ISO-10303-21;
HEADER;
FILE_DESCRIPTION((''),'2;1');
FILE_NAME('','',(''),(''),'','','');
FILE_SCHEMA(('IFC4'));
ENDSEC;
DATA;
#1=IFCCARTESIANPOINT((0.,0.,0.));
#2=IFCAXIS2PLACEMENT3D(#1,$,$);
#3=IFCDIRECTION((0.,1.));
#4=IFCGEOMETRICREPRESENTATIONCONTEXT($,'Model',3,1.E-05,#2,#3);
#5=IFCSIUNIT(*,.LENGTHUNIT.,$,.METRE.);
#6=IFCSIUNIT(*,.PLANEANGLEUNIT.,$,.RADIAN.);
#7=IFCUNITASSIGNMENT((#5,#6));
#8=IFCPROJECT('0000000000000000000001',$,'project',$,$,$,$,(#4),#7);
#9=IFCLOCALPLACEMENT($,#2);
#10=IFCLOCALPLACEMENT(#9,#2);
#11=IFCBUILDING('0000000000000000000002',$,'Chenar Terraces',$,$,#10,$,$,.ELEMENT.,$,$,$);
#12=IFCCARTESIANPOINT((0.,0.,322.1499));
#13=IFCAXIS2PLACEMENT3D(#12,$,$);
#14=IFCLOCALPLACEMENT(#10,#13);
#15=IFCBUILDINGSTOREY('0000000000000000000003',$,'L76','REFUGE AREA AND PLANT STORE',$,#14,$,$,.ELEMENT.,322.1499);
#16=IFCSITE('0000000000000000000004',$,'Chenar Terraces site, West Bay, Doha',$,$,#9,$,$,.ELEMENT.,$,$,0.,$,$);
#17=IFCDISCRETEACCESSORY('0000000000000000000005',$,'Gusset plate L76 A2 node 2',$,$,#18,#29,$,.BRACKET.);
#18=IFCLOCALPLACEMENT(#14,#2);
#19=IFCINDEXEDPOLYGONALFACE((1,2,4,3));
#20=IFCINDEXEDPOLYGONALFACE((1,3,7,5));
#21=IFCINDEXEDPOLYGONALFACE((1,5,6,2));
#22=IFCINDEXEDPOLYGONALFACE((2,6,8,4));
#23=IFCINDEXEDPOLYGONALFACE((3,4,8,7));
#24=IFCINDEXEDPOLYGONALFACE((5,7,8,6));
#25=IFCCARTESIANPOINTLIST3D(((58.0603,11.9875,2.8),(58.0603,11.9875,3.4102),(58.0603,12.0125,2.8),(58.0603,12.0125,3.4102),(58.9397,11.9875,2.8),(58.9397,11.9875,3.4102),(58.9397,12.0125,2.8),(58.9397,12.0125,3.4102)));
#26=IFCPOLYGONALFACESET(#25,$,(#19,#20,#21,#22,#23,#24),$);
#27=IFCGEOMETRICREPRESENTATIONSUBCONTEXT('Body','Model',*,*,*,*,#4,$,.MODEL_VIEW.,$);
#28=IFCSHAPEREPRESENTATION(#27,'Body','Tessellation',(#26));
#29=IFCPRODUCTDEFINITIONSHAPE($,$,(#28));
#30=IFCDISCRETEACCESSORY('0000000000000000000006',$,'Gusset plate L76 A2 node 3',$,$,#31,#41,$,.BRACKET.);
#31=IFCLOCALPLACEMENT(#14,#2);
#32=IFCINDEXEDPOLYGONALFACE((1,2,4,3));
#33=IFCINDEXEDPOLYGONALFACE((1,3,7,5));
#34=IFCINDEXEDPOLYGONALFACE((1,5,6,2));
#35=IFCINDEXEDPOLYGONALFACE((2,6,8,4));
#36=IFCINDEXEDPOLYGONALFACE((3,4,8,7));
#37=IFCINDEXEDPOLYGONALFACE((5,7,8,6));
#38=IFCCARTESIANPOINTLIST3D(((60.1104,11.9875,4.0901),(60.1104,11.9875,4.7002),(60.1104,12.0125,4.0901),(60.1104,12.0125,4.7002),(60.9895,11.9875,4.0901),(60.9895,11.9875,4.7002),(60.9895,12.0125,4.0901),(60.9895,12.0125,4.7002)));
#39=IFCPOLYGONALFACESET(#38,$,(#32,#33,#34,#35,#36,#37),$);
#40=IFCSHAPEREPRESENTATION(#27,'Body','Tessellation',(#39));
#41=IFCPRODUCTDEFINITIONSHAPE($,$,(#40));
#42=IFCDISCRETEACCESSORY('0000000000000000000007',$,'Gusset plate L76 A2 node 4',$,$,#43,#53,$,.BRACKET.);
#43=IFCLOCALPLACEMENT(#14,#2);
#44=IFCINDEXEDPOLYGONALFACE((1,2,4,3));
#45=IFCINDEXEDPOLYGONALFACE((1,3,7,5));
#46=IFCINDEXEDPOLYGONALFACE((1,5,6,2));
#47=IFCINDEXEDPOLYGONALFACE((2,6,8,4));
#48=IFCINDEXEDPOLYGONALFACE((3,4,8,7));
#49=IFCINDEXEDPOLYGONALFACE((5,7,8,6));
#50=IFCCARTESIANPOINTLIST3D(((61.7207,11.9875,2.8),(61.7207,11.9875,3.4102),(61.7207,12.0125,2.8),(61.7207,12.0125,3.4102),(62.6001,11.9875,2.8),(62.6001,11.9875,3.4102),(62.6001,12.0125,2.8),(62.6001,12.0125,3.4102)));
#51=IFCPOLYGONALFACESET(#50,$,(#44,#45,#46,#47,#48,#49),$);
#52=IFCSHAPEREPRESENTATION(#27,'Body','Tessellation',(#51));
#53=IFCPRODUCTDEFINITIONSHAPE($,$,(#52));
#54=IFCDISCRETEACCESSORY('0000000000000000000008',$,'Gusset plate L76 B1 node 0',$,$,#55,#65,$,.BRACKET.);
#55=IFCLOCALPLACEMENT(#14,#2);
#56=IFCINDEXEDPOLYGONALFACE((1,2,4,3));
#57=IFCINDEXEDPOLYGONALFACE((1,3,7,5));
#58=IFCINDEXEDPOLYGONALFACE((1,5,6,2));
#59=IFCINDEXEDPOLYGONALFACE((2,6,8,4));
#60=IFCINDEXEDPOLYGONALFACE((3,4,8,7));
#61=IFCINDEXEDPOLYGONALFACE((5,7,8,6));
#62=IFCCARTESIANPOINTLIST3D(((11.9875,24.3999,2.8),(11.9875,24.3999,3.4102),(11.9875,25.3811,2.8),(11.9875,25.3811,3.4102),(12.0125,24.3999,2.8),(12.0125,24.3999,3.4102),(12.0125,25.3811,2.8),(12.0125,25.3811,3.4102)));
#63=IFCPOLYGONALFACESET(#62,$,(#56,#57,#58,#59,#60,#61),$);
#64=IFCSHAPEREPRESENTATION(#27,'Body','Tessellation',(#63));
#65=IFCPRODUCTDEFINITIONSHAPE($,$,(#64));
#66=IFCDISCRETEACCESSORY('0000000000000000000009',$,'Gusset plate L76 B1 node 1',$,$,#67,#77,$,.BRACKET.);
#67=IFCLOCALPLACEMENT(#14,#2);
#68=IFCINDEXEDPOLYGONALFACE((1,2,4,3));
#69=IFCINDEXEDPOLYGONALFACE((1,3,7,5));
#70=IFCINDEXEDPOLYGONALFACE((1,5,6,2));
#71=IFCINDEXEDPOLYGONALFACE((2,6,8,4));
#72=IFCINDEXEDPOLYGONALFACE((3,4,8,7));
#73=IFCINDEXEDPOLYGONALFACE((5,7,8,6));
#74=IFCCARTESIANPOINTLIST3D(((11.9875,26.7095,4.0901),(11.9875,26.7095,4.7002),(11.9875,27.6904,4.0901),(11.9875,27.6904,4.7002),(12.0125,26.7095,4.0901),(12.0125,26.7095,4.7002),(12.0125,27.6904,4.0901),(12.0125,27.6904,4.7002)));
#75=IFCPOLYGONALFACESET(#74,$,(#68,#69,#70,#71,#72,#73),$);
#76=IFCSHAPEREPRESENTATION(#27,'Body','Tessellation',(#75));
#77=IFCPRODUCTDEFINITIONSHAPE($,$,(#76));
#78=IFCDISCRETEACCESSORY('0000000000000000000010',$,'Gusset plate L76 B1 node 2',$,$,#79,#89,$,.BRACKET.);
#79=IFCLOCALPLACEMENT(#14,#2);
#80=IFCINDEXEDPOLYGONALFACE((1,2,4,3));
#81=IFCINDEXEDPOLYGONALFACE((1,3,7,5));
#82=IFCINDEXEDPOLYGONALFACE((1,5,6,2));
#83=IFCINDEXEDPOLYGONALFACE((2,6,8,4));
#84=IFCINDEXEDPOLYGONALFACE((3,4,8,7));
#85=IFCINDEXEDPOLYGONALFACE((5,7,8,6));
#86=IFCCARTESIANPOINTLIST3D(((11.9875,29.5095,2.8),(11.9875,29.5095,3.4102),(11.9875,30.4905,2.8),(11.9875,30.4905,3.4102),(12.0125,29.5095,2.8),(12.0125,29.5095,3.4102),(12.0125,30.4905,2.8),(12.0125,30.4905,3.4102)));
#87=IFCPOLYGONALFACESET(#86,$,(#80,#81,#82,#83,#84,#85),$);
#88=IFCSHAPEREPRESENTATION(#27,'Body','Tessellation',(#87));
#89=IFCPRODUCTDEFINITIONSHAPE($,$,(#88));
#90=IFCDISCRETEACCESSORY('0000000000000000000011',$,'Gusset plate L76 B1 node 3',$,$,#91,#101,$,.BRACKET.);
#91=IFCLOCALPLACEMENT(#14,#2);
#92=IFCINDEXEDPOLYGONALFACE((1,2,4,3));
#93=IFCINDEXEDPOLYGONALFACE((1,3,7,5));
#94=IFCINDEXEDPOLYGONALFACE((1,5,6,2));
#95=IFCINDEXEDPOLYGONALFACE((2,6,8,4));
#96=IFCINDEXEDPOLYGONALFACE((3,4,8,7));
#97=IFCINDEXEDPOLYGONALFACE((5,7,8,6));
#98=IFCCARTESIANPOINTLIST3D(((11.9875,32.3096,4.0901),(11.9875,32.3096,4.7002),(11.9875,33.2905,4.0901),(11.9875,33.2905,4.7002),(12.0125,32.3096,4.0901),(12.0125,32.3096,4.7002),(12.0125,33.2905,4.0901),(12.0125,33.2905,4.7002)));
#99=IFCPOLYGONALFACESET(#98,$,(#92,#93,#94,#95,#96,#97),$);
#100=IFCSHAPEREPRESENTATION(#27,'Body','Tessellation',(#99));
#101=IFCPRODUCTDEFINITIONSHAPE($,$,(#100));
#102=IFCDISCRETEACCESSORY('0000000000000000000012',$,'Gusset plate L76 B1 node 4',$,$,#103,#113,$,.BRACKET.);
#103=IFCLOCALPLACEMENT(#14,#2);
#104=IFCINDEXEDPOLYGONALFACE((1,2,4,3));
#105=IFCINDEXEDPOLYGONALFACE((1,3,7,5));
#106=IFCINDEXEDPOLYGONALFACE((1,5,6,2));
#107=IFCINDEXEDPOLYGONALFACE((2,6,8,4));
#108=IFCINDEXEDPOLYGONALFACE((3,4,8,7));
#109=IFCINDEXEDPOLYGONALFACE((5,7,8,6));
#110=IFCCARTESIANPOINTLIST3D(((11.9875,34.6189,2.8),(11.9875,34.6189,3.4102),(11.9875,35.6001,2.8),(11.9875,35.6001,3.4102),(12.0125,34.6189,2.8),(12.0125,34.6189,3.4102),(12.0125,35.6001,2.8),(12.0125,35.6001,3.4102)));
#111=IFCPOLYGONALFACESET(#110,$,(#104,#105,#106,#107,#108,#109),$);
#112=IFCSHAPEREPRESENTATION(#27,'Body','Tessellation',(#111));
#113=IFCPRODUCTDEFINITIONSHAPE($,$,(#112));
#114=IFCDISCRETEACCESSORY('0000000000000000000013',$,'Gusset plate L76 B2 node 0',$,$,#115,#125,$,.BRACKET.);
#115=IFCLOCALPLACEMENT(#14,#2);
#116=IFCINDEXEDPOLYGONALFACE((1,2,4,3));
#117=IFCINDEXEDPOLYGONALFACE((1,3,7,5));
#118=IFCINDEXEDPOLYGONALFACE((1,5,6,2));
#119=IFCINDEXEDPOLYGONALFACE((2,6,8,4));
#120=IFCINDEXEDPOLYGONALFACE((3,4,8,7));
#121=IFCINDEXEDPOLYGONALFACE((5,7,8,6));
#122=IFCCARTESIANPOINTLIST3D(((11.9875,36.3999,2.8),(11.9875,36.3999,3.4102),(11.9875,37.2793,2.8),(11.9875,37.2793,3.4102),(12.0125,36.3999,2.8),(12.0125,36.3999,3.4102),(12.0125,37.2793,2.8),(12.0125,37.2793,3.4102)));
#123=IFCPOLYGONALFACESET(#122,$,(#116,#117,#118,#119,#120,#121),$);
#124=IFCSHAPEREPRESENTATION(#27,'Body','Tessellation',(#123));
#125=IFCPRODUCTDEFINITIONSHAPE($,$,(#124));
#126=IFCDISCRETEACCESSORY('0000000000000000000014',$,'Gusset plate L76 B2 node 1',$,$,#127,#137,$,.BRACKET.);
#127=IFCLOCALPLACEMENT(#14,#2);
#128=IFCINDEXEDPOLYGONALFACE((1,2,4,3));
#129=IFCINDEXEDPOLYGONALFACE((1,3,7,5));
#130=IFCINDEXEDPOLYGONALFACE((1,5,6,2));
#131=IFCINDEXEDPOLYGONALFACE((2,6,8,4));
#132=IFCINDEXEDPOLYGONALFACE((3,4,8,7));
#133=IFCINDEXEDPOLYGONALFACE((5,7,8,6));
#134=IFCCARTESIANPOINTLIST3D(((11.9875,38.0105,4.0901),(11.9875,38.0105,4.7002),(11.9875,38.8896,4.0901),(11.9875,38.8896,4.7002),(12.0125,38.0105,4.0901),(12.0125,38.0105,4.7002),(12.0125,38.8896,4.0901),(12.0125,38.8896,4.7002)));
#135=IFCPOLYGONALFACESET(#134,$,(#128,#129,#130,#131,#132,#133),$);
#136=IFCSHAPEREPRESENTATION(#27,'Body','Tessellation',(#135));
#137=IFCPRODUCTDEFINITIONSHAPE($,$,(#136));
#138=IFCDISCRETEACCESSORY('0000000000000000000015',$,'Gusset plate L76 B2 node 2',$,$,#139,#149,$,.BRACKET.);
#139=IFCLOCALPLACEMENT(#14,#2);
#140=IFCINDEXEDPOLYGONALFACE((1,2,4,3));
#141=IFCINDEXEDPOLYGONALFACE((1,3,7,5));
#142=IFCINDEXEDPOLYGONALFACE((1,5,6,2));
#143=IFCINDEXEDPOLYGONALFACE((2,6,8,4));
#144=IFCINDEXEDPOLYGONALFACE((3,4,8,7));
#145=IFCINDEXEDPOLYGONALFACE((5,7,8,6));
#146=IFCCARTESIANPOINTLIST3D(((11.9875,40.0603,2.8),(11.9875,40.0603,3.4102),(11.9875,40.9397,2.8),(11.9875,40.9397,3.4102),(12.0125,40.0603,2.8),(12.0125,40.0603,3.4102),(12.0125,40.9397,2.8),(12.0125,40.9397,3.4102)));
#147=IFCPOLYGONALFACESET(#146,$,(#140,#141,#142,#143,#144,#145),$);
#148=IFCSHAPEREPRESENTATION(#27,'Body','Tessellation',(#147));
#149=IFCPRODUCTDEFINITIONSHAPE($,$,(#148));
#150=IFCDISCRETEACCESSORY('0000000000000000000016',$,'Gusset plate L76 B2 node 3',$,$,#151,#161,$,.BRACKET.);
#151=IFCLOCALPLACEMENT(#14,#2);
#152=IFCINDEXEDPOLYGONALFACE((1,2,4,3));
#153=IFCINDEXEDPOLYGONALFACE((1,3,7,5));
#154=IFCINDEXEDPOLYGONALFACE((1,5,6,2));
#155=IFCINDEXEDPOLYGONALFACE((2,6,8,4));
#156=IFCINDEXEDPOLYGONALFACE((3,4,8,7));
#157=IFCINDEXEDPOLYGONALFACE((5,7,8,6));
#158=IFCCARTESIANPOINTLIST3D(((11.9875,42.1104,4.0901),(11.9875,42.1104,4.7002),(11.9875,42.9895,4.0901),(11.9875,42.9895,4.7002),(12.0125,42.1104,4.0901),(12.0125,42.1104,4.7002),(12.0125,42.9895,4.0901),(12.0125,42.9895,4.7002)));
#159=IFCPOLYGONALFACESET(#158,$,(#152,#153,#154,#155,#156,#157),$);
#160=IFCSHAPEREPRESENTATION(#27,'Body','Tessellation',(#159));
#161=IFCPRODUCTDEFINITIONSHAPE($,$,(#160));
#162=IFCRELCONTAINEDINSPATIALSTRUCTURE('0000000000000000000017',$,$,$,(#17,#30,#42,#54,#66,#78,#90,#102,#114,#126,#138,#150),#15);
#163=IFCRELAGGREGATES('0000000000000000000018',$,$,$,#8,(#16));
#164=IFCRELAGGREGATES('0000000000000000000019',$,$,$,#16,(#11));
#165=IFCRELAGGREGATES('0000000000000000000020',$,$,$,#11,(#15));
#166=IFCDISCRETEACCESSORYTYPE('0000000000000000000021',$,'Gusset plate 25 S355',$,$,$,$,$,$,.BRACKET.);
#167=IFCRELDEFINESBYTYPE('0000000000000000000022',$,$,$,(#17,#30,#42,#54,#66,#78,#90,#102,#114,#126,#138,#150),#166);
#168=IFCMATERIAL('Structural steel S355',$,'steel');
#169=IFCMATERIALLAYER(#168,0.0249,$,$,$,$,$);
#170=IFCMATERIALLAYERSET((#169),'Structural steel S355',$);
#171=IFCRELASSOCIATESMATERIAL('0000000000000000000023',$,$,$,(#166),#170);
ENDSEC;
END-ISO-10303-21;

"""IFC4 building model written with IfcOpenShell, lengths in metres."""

from ifc_helpers import new_model, si_unit, direction, frame, origin, place, context, subcontext, project, spatial, polyline, outline, extrude, material, layer, layer_set, type_object, element, save


model = new_model("IFC4")

# Units and contexts
model_context = context("Model", 3, precision=1e-05, world=origin(), true_north=direction((0.0, 1.0)))
body_context = subcontext(model_context, "Body", "Model", "MODEL_VIEW")
ifc_project = project(units=[si_unit("LENGTHUNIT", "METRE"), si_unit("PLANEANGLEUNIT", "RADIAN")], contexts=[model_context])

# Site, building, storey
site_placement = place(None, origin())
site = spatial("IfcSite", under=ifc_project, at=site_placement, Name="Chenar Terraces site, West Bay, Doha", CompositionType="ELEMENT", RefElevation=0.0)
building_placement = place(site_placement, origin())
building = spatial("IfcBuilding", under=site, at=building_placement, Name="Chenar Terraces", CompositionType="ELEMENT")
storey_placement = place(building_placement, frame((0.0, 0.0, 322.1499)))
storey = spatial("IfcBuildingStorey", under=building, at=storey_placement, Name="L76", Description="REFUGE AREA AND PLANT STORE", CompositionType="ELEMENT", Elevation=322.1499)

# Discrete accessories
ifc_material_1 = material(Name="Structural steel S355", Category="steel")
ifc_layer_1 = layer(ifc_material_1, 0.0249)
ifc_layer_set_1 = layer_set([ifc_layer_1], Name="Structural steel S355")
discrete_accessory_type = type_object("IfcDiscreteAccessoryType", Name="Gusset plate 25 S355", PredefinedType="BRACKET", material=ifc_layer_set_1)
placement_1 = place(storey_placement, frame((0.0, 0.0, 2.8)))
placement_2 = place(storey_placement, frame((0.0, 0.0, 4.0901)))
element("IfcDiscreteAccessory", 1, at=placement_1, inside=storey, type_object=discrete_accessory_type, Name="Gusset plate L76 A2 node 2", PredefinedType="BRACKET", context=body_context, shape_type="SweptSolid", body=[
    extrude(outline(polyline([(58.0603, 11.9875), (58.9397, 11.9875), (58.9397, 12.0125), (58.0603, 12.0125), (58.0603, 11.9875)])), origin(), (0.0, 0.0, 1.0), 0.6101),
])
element("IfcDiscreteAccessory", 2, at=placement_2, inside=storey, type_object=discrete_accessory_type, Name="Gusset plate L76 A2 node 3", PredefinedType="BRACKET", context=body_context, shape_type="SweptSolid", body=[
    extrude(outline(polyline([(60.1104, 11.9875), (60.9895, 11.9875), (60.9895, 12.0125), (60.1104, 12.0125), (60.1104, 11.9875)])), origin(), (0.0, 0.0, 1.0), 0.6101),
])
element("IfcDiscreteAccessory", 3, at=placement_1, inside=storey, type_object=discrete_accessory_type, Name="Gusset plate L76 A2 node 4", PredefinedType="BRACKET", context=body_context, shape_type="SweptSolid", body=[
    extrude(outline(polyline([(61.7207, 11.9875), (62.6001, 11.9875), (62.6001, 12.0125), (61.7207, 12.0125), (61.7207, 11.9875)])), origin(), (0.0, 0.0, 1.0), 0.6101),
])
element("IfcDiscreteAccessory", 4, at=placement_1, inside=storey, type_object=discrete_accessory_type, Name="Gusset plate L76 B1 node 0", PredefinedType="BRACKET", context=body_context, shape_type="SweptSolid", body=[
    extrude(outline(polyline([(12.0125, 24.3999), (12.0125, 25.3811), (11.9875, 25.3811), (11.9875, 24.3999), (12.0125, 24.3999)])), origin(), (0.0, 0.0, 1.0), 0.6101),
])
element("IfcDiscreteAccessory", 5, at=placement_2, inside=storey, type_object=discrete_accessory_type, Name="Gusset plate L76 B1 node 1", PredefinedType="BRACKET", context=body_context, shape_type="SweptSolid", body=[
    extrude(outline(polyline([(12.0125, 26.7095), (12.0125, 27.6904), (11.9875, 27.6904), (11.9875, 26.7095), (12.0125, 26.7095)])), origin(), (0.0, 0.0, 1.0), 0.6101),
])
element("IfcDiscreteAccessory", 6, at=placement_1, inside=storey, type_object=discrete_accessory_type, Name="Gusset plate L76 B1 node 2", PredefinedType="BRACKET", context=body_context, shape_type="SweptSolid", body=[
    extrude(outline(polyline([(12.0125, 29.5095), (12.0125, 30.4905), (11.9875, 30.4905), (11.9875, 29.5095), (12.0125, 29.5095)])), origin(), (0.0, 0.0, 1.0), 0.6101),
])
element("IfcDiscreteAccessory", 7, at=placement_2, inside=storey, type_object=discrete_accessory_type, Name="Gusset plate L76 B1 node 3", PredefinedType="BRACKET", context=body_context, shape_type="SweptSolid", body=[
    extrude(outline(polyline([(12.0125, 32.3096), (12.0125, 33.2905), (11.9875, 33.2905), (11.9875, 32.3096), (12.0125, 32.3096)])), origin(), (0.0, 0.0, 1.0), 0.6101),
])
element("IfcDiscreteAccessory", 8, at=placement_1, inside=storey, type_object=discrete_accessory_type, Name="Gusset plate L76 B1 node 4", PredefinedType="BRACKET", context=body_context, shape_type="SweptSolid", body=[
    extrude(outline(polyline([(12.0125, 34.6189), (12.0125, 35.6001), (11.9875, 35.6001), (11.9875, 34.6189), (12.0125, 34.6189)])), origin(), (0.0, 0.0, 1.0), 0.6101),
])
element("IfcDiscreteAccessory", 9, at=placement_1, inside=storey, type_object=discrete_accessory_type, Name="Gusset plate L76 B2 node 0", PredefinedType="BRACKET", context=body_context, shape_type="SweptSolid", body=[
    extrude(outline(polyline([(12.0125, 36.3999), (12.0125, 37.2793), (11.9875, 37.2793), (11.9875, 36.3999), (12.0125, 36.3999)])), origin(), (0.0, 0.0, 1.0), 0.6101),
])
element("IfcDiscreteAccessory", 10, at=placement_2, inside=storey, type_object=discrete_accessory_type, Name="Gusset plate L76 B2 node 1", PredefinedType="BRACKET", context=body_context, shape_type="SweptSolid", body=[
    extrude(outline(polyline([(12.0125, 38.0105), (12.0125, 38.8896), (11.9875, 38.8896), (11.9875, 38.0105), (12.0125, 38.0105)])), origin(), (0.0, 0.0, 1.0), 0.6101),
])
element("IfcDiscreteAccessory", 11, at=placement_1, inside=storey, type_object=discrete_accessory_type, Name="Gusset plate L76 B2 node 2", PredefinedType="BRACKET", context=body_context, shape_type="SweptSolid", body=[
    extrude(outline(polyline([(12.0125, 40.0603), (12.0125, 40.9397), (11.9875, 40.9397), (11.9875, 40.0603), (12.0125, 40.0603)])), origin(), (0.0, 0.0, 1.0), 0.6101),
])
element("IfcDiscreteAccessory", 12, at=placement_2, inside=storey, type_object=discrete_accessory_type, Name="Gusset plate L76 B2 node 3", PredefinedType="BRACKET", context=body_context, shape_type="SweptSolid", body=[
    extrude(outline(polyline([(12.0125, 42.1104), (12.0125, 42.9895), (11.9875, 42.9895), (11.9875, 42.1104), (12.0125, 42.1104)])), origin(), (0.0, 0.0, 1.0), 0.6101),
])

save(model, "model.ifc")
